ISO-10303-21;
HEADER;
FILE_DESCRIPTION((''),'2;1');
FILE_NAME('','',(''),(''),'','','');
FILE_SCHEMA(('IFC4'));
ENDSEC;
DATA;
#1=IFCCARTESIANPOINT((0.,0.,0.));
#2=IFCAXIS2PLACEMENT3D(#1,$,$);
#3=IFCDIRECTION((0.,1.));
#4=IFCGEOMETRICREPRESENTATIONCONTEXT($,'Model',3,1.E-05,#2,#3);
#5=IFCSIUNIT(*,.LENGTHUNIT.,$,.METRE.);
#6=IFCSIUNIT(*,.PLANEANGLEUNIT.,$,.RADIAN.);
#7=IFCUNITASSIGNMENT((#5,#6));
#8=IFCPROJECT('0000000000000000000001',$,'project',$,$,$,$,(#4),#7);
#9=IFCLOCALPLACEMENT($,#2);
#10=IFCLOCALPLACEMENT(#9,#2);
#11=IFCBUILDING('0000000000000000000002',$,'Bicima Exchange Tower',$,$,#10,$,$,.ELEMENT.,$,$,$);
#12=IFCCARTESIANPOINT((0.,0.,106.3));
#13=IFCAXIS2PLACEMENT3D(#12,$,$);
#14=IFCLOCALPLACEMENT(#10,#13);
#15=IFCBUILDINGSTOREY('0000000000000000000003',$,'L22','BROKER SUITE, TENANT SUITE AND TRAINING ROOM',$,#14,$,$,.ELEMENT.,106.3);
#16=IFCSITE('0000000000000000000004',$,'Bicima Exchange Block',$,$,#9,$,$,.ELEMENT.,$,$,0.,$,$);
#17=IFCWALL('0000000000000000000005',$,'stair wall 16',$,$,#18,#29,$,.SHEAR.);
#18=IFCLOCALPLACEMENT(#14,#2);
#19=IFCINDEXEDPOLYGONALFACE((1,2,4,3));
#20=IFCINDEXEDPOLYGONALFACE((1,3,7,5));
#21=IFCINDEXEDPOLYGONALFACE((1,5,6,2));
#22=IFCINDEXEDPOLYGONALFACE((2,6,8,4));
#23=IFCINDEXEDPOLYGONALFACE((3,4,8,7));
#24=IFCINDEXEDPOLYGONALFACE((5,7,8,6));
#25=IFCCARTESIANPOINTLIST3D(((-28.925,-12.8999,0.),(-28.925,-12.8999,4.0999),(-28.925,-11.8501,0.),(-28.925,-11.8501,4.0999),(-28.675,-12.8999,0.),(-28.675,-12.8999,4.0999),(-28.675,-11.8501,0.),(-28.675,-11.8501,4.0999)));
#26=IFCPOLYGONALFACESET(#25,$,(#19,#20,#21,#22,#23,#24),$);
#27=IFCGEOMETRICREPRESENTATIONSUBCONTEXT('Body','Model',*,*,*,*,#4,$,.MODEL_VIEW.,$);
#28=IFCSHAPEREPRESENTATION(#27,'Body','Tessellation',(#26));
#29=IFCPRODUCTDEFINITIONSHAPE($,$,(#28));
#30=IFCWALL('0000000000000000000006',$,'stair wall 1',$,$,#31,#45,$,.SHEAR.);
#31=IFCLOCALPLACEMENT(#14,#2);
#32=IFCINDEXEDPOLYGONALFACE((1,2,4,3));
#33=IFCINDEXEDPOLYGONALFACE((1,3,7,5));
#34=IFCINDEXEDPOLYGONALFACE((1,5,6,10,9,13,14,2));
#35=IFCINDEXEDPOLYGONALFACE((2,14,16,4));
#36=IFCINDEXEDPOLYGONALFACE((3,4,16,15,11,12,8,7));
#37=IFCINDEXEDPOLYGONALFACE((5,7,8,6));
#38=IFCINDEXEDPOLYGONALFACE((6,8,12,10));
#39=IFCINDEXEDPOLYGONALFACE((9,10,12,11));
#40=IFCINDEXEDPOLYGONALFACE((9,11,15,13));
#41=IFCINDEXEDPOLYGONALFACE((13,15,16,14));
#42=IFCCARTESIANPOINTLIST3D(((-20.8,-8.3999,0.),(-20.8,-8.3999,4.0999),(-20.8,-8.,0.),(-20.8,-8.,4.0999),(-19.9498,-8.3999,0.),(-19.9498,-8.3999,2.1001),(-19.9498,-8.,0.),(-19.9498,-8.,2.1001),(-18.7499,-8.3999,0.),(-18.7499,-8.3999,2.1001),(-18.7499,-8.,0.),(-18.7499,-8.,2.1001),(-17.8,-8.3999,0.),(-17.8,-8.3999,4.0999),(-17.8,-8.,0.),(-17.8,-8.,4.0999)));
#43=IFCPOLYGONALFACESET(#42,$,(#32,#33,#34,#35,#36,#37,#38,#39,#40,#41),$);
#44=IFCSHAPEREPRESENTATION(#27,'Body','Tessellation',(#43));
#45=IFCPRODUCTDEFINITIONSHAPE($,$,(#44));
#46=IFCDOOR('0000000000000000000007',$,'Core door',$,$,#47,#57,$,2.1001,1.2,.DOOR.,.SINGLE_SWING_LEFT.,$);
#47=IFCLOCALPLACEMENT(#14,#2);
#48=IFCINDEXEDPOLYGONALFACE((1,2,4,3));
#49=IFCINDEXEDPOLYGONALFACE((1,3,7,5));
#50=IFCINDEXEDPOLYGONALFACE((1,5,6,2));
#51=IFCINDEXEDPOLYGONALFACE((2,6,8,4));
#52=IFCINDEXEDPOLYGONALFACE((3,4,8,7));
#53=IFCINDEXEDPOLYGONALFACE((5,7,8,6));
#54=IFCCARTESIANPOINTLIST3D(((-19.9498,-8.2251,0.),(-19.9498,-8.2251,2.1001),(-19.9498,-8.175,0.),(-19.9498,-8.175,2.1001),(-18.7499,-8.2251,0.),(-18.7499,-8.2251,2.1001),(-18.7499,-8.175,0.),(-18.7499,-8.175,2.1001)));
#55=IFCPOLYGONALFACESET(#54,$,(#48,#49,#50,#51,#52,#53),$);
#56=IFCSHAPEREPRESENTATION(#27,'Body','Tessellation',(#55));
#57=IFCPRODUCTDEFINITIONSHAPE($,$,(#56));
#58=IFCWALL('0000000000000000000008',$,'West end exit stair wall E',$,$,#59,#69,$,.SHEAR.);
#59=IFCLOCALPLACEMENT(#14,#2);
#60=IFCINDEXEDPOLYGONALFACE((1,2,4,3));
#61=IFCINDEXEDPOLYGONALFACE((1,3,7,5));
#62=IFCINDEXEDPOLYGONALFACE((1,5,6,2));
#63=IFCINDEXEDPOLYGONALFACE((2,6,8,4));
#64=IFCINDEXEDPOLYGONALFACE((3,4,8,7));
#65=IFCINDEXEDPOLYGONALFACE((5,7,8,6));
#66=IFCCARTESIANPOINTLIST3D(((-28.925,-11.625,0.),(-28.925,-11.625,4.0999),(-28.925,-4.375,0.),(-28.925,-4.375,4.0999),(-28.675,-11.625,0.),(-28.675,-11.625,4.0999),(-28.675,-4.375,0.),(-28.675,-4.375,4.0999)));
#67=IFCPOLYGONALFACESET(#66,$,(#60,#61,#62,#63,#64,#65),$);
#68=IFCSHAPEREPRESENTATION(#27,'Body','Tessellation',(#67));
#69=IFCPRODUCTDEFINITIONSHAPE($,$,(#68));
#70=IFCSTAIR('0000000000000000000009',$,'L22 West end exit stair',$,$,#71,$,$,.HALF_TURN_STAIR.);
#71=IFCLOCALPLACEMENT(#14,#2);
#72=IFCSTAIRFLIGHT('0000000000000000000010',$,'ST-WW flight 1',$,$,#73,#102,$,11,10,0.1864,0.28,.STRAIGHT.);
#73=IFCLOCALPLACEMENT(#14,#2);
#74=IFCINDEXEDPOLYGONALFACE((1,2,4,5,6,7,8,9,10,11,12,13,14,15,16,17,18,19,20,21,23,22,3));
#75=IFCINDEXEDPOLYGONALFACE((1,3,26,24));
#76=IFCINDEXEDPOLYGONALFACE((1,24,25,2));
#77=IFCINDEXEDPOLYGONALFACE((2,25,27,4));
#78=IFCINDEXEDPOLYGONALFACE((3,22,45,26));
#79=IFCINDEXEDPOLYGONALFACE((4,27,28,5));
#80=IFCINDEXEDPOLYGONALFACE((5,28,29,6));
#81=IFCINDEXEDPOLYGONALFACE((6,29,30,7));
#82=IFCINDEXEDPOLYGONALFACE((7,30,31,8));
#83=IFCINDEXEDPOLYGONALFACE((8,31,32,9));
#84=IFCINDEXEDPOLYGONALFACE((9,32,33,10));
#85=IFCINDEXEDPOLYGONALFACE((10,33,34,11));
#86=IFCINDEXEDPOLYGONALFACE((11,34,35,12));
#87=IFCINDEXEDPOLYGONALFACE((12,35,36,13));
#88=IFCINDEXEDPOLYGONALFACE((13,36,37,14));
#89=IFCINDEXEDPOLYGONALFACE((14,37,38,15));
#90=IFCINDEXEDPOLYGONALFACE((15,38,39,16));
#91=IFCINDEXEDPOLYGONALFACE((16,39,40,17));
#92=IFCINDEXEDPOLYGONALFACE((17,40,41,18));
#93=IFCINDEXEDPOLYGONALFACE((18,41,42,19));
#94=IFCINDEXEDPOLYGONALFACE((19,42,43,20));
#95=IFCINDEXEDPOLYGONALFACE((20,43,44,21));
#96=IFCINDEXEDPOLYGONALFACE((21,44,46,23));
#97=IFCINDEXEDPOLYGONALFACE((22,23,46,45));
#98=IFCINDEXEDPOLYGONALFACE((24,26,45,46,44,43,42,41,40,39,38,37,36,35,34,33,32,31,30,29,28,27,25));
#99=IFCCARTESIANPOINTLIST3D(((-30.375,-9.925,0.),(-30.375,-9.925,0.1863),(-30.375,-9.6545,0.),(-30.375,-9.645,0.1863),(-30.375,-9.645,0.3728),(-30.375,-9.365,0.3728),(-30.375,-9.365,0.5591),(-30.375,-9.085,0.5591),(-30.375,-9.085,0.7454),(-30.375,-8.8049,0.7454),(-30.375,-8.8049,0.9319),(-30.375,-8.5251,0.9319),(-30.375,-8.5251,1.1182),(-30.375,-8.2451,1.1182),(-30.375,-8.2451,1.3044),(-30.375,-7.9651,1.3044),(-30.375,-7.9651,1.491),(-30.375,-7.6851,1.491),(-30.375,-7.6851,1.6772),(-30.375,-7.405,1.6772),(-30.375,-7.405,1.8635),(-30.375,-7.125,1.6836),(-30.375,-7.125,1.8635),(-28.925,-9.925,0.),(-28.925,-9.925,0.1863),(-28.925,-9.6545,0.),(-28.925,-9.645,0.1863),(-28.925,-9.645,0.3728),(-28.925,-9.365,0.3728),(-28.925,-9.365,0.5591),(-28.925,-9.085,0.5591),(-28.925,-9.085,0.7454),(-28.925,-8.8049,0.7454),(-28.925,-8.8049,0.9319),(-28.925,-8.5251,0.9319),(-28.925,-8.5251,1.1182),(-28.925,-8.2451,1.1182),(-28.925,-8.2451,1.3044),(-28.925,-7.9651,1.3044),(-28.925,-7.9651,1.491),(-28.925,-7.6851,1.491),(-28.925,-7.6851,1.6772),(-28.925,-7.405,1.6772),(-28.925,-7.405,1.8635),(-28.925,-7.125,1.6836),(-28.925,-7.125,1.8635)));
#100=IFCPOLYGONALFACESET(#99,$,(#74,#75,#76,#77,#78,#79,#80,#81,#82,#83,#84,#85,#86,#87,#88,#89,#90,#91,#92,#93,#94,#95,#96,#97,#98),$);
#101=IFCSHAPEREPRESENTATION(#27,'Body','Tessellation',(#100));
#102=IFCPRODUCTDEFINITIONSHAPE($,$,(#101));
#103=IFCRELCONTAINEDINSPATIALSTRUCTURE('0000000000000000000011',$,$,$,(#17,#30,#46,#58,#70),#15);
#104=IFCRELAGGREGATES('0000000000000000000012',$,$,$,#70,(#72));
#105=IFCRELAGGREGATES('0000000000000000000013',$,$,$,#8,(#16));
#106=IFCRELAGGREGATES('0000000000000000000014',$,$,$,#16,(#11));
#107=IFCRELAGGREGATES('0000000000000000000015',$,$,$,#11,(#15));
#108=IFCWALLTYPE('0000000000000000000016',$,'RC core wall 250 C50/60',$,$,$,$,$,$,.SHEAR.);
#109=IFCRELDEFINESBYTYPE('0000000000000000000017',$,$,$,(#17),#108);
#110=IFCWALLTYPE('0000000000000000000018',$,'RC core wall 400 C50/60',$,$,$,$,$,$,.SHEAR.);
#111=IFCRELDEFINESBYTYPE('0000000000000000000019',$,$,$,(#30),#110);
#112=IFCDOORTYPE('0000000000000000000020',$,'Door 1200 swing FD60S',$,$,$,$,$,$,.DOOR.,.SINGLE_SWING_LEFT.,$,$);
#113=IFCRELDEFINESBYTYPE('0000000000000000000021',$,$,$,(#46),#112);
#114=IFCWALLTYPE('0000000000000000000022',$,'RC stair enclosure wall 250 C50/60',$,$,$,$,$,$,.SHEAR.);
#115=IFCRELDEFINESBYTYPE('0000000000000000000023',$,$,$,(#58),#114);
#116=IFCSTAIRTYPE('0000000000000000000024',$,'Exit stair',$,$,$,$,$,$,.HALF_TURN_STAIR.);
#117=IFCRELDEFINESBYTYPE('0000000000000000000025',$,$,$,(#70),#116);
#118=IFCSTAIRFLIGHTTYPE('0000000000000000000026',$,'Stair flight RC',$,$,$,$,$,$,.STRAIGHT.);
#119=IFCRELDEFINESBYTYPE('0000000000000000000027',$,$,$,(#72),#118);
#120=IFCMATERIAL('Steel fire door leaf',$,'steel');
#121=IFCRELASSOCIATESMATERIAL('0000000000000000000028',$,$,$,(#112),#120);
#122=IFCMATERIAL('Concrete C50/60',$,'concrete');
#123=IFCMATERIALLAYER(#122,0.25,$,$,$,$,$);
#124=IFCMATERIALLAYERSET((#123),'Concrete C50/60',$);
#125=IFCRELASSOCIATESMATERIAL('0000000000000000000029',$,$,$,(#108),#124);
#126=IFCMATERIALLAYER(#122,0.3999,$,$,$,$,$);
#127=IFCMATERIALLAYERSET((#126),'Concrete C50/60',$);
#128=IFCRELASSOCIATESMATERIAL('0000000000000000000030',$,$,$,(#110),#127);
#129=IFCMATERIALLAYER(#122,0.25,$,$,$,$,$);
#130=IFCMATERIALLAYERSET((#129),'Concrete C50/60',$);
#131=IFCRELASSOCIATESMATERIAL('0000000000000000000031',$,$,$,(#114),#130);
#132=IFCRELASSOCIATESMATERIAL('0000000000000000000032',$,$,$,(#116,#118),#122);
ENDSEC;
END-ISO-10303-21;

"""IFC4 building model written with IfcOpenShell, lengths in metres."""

from ifc_helpers import new_model, si_unit, direction, frame, frame_2d, origin, place, context, subcontext, project, spatial, polyline, rectangle, outline, extrude, material, layer, layer_set, type_object, element, fill, aggregate, save


model = new_model("IFC4")

# Units and contexts
model_context = context("Model", 3, precision=1e-05, world=origin(), true_north=direction((0.0, 1.0)))
body_context = subcontext(model_context, "Body", "Model", "MODEL_VIEW")
ifc_project = project(units=[si_unit("LENGTHUNIT", "METRE"), si_unit("PLANEANGLEUNIT", "RADIAN")], contexts=[model_context])

# Site, building, storey
site_placement = place(None, origin())
site = spatial("IfcSite", under=ifc_project, at=site_placement, Name="Bicima Exchange Block", CompositionType="ELEMENT", RefElevation=0.0)
building_placement = place(site_placement, origin())
building = spatial("IfcBuilding", under=site, at=building_placement, Name="Bicima Exchange Tower", CompositionType="ELEMENT")
storey_placement = place(building_placement, frame((0.0, 0.0, 106.3)))
storey = spatial("IfcBuildingStorey", under=building, at=storey_placement, Name="L22", Description="BROKER SUITE, TENANT SUITE AND TRAINING ROOM", CompositionType="ELEMENT", Elevation=106.3)

# Shared definitions
ifc_material_1 = material(Name="Steel fire door leaf", Category="steel")

# Shared definitions
door_type_1 = type_object("IfcDoorType", Name="Door 1200 swing FD60S", OperationType="SINGLE_SWING_LEFT", PredefinedType="DOOR", material=ifc_material_1)

# Wall
ifc_material_2 = material(Name="Concrete C50/60", Category="concrete")
ifc_layer_1 = layer(ifc_material_2, 0.25)
ifc_layer_set_1 = layer_set([ifc_layer_1], Name="Concrete C50/60")
wall_type_1 = type_object("IfcWallType", Name="RC core wall 250 C50/60", PredefinedType="SHEAR", material=ifc_layer_set_1)
wall_1_placement = place(storey_placement, frame((-28.8, -12.8999, 0.0), z_axis=(0.0, 0.0, 1.0), x_axis=(0.0, 1.0, 0.0)))
element("IfcWall", 1, at=wall_1_placement, inside=storey, type_object=wall_type_1, Name="stair wall 16", PredefinedType="SHEAR", context=body_context, shape_type="SweptSolid", body=[
    extrude(rectangle(XDim=1.0498, YDim=0.25, at=frame_2d((0.5249, 0.0))), origin(), (0.0, 0.0, 1.0), 4.0999),
])

# Wall, opening, door
ifc_layer_2 = layer(ifc_material_2, 0.3999)
ifc_layer_set_2 = layer_set([ifc_layer_2], Name="Concrete C50/60")
wall_type_2 = type_object("IfcWallType", Name="RC core wall 400 C50/60", PredefinedType="SHEAR", material=ifc_layer_set_2)
wall_2_placement = place(storey_placement, frame((-20.8, -8.2, 0.0), z_axis=(0.0, 0.0, 1.0), x_axis=(1.0, 0.0, 0.0)))
wall_2 = element("IfcWall", 2, at=wall_2_placement, inside=storey, type_object=wall_type_2, Name="stair wall 1", PredefinedType="SHEAR", context=body_context, shape_type="SweptSolid", body=[
    extrude(rectangle(XDim=3.0, YDim=0.3999, at=frame_2d((1.5, 0.0))), origin(), (0.0, 0.0, 1.0), 4.0999),
])
opening_1_placement = place(wall_2_placement, frame((0.8501, 0.0, 0.0)))
opening_1 = element("IfcOpeningElement", 3, at=opening_1_placement, cuts=wall_2, PredefinedType="OPENING", context=body_context, shape_type="SweptSolid", body=[
    extrude(rectangle(XDim=1.2, YDim=2.1001, at=frame_2d((0.6001, 1.05))), frame((0.0, 0.2119, 0.0), z_axis=(0.0, -1.0, 0.0), x_axis=(1.0, 0.0, 0.0)), (0.0, 0.0, 1.0), 0.4238),
])
door_1_placement = place(opening_1_placement, origin())
door_1 = element("IfcDoor", 4, at=door_1_placement, inside=storey, type_object=door_type_1, Name="Core door", OperationType="SINGLE_SWING_LEFT", OverallHeight=2.1001, OverallWidth=1.2, PredefinedType="DOOR", context=body_context, shape_type="SweptSolid", body=[
    extrude(rectangle(XDim=1.2, YDim=2.1001, at=frame_2d((0.6001, 1.05))), frame((0.0, 0.0249, 0.0), z_axis=(0.0, -1.0, 0.0), x_axis=(1.0, 0.0, 0.0)), (0.0, 0.0, 1.0), 0.05),
])
fill(opening_1, door_1)

# Wall
ifc_layer_3 = layer(ifc_material_2, 0.25)
ifc_layer_set_3 = layer_set([ifc_layer_3], Name="Concrete C50/60")
wall_type_3 = type_object("IfcWallType", Name="RC stair enclosure wall 250 C50/60", PredefinedType="SHEAR", material=ifc_layer_set_3)
wall_3_placement = place(storey_placement, frame((-28.8, -11.625, 0.0), z_axis=(0.0, 0.0, 1.0), x_axis=(0.0, 1.0, 0.0)))
element("IfcWall", 5, at=wall_3_placement, inside=storey, type_object=wall_type_3, Name="West end exit stair wall E", PredefinedType="SHEAR", context=body_context, shape_type="SweptSolid", body=[
    extrude(rectangle(XDim=7.25, YDim=0.25, at=frame_2d((3.625, 0.0))), origin(), (0.0, 0.0, 1.0), 4.0999),
])

# Stair, stair flight
stair_type = type_object("IfcStairType", Name="Exit stair", PredefinedType="HALF_TURN_STAIR", material=ifc_material_2)
stair_placement = place(storey_placement, origin())
stair = element("IfcStair", 6, at=stair_placement, inside=storey, type_object=stair_type, Name="L22 West end exit stair", PredefinedType="HALF_TURN_STAIR")
stair_flight_type = type_object("IfcStairFlightType", Name="Stair flight RC", PredefinedType="STRAIGHT", material=ifc_material_2)
stair_flight_placement = place(storey_placement, frame((-29.6499, -9.925, 0.0), z_axis=(0.0, 0.0, 1.0), x_axis=(0.0, 1.0, 0.0)))
stair_flight = element("IfcStairFlight", 7, at=stair_flight_placement, type_object=stair_flight_type, Name="ST-WW flight 1", NumberOfRisers=11, NumberOfTreads=10, PredefinedType="STRAIGHT", RiserHeight=0.1864, TreadLength=0.28, context=body_context, shape_type="SweptSolid", body=[
    extrude(outline(polyline([(0.0, 0.0), (0.0, 0.1863), (0.28, 0.1863), (0.28, 0.3728), (0.5601, 0.3728), (0.5601, 0.5591), (0.8401, 0.5591), (0.8401, 0.7454), (1.1201, 0.7454), (1.1201, 0.9319), (1.3999, 0.9319), (1.3999, 1.1182), (1.6799, 1.1182), (1.6799, 1.3044), (1.96, 1.3044), (1.96, 1.491), (2.24, 1.491), (2.24, 1.6772), (2.52, 1.6772), (2.52, 1.8635), (2.8, 1.8635), (2.8, 2.05), (2.8, 1.6836), (0.2705, 0.0), (0.0, 0.0)])), frame((0.0, 0.7251, 0.0), z_axis=(0.0, -1.0, 0.0), x_axis=(1.0, 0.0, 0.0)), (0.0, 0.0, 1.0), 1.45),
])
aggregate(stair, [stair_flight])

save(model, "model.ifc")
